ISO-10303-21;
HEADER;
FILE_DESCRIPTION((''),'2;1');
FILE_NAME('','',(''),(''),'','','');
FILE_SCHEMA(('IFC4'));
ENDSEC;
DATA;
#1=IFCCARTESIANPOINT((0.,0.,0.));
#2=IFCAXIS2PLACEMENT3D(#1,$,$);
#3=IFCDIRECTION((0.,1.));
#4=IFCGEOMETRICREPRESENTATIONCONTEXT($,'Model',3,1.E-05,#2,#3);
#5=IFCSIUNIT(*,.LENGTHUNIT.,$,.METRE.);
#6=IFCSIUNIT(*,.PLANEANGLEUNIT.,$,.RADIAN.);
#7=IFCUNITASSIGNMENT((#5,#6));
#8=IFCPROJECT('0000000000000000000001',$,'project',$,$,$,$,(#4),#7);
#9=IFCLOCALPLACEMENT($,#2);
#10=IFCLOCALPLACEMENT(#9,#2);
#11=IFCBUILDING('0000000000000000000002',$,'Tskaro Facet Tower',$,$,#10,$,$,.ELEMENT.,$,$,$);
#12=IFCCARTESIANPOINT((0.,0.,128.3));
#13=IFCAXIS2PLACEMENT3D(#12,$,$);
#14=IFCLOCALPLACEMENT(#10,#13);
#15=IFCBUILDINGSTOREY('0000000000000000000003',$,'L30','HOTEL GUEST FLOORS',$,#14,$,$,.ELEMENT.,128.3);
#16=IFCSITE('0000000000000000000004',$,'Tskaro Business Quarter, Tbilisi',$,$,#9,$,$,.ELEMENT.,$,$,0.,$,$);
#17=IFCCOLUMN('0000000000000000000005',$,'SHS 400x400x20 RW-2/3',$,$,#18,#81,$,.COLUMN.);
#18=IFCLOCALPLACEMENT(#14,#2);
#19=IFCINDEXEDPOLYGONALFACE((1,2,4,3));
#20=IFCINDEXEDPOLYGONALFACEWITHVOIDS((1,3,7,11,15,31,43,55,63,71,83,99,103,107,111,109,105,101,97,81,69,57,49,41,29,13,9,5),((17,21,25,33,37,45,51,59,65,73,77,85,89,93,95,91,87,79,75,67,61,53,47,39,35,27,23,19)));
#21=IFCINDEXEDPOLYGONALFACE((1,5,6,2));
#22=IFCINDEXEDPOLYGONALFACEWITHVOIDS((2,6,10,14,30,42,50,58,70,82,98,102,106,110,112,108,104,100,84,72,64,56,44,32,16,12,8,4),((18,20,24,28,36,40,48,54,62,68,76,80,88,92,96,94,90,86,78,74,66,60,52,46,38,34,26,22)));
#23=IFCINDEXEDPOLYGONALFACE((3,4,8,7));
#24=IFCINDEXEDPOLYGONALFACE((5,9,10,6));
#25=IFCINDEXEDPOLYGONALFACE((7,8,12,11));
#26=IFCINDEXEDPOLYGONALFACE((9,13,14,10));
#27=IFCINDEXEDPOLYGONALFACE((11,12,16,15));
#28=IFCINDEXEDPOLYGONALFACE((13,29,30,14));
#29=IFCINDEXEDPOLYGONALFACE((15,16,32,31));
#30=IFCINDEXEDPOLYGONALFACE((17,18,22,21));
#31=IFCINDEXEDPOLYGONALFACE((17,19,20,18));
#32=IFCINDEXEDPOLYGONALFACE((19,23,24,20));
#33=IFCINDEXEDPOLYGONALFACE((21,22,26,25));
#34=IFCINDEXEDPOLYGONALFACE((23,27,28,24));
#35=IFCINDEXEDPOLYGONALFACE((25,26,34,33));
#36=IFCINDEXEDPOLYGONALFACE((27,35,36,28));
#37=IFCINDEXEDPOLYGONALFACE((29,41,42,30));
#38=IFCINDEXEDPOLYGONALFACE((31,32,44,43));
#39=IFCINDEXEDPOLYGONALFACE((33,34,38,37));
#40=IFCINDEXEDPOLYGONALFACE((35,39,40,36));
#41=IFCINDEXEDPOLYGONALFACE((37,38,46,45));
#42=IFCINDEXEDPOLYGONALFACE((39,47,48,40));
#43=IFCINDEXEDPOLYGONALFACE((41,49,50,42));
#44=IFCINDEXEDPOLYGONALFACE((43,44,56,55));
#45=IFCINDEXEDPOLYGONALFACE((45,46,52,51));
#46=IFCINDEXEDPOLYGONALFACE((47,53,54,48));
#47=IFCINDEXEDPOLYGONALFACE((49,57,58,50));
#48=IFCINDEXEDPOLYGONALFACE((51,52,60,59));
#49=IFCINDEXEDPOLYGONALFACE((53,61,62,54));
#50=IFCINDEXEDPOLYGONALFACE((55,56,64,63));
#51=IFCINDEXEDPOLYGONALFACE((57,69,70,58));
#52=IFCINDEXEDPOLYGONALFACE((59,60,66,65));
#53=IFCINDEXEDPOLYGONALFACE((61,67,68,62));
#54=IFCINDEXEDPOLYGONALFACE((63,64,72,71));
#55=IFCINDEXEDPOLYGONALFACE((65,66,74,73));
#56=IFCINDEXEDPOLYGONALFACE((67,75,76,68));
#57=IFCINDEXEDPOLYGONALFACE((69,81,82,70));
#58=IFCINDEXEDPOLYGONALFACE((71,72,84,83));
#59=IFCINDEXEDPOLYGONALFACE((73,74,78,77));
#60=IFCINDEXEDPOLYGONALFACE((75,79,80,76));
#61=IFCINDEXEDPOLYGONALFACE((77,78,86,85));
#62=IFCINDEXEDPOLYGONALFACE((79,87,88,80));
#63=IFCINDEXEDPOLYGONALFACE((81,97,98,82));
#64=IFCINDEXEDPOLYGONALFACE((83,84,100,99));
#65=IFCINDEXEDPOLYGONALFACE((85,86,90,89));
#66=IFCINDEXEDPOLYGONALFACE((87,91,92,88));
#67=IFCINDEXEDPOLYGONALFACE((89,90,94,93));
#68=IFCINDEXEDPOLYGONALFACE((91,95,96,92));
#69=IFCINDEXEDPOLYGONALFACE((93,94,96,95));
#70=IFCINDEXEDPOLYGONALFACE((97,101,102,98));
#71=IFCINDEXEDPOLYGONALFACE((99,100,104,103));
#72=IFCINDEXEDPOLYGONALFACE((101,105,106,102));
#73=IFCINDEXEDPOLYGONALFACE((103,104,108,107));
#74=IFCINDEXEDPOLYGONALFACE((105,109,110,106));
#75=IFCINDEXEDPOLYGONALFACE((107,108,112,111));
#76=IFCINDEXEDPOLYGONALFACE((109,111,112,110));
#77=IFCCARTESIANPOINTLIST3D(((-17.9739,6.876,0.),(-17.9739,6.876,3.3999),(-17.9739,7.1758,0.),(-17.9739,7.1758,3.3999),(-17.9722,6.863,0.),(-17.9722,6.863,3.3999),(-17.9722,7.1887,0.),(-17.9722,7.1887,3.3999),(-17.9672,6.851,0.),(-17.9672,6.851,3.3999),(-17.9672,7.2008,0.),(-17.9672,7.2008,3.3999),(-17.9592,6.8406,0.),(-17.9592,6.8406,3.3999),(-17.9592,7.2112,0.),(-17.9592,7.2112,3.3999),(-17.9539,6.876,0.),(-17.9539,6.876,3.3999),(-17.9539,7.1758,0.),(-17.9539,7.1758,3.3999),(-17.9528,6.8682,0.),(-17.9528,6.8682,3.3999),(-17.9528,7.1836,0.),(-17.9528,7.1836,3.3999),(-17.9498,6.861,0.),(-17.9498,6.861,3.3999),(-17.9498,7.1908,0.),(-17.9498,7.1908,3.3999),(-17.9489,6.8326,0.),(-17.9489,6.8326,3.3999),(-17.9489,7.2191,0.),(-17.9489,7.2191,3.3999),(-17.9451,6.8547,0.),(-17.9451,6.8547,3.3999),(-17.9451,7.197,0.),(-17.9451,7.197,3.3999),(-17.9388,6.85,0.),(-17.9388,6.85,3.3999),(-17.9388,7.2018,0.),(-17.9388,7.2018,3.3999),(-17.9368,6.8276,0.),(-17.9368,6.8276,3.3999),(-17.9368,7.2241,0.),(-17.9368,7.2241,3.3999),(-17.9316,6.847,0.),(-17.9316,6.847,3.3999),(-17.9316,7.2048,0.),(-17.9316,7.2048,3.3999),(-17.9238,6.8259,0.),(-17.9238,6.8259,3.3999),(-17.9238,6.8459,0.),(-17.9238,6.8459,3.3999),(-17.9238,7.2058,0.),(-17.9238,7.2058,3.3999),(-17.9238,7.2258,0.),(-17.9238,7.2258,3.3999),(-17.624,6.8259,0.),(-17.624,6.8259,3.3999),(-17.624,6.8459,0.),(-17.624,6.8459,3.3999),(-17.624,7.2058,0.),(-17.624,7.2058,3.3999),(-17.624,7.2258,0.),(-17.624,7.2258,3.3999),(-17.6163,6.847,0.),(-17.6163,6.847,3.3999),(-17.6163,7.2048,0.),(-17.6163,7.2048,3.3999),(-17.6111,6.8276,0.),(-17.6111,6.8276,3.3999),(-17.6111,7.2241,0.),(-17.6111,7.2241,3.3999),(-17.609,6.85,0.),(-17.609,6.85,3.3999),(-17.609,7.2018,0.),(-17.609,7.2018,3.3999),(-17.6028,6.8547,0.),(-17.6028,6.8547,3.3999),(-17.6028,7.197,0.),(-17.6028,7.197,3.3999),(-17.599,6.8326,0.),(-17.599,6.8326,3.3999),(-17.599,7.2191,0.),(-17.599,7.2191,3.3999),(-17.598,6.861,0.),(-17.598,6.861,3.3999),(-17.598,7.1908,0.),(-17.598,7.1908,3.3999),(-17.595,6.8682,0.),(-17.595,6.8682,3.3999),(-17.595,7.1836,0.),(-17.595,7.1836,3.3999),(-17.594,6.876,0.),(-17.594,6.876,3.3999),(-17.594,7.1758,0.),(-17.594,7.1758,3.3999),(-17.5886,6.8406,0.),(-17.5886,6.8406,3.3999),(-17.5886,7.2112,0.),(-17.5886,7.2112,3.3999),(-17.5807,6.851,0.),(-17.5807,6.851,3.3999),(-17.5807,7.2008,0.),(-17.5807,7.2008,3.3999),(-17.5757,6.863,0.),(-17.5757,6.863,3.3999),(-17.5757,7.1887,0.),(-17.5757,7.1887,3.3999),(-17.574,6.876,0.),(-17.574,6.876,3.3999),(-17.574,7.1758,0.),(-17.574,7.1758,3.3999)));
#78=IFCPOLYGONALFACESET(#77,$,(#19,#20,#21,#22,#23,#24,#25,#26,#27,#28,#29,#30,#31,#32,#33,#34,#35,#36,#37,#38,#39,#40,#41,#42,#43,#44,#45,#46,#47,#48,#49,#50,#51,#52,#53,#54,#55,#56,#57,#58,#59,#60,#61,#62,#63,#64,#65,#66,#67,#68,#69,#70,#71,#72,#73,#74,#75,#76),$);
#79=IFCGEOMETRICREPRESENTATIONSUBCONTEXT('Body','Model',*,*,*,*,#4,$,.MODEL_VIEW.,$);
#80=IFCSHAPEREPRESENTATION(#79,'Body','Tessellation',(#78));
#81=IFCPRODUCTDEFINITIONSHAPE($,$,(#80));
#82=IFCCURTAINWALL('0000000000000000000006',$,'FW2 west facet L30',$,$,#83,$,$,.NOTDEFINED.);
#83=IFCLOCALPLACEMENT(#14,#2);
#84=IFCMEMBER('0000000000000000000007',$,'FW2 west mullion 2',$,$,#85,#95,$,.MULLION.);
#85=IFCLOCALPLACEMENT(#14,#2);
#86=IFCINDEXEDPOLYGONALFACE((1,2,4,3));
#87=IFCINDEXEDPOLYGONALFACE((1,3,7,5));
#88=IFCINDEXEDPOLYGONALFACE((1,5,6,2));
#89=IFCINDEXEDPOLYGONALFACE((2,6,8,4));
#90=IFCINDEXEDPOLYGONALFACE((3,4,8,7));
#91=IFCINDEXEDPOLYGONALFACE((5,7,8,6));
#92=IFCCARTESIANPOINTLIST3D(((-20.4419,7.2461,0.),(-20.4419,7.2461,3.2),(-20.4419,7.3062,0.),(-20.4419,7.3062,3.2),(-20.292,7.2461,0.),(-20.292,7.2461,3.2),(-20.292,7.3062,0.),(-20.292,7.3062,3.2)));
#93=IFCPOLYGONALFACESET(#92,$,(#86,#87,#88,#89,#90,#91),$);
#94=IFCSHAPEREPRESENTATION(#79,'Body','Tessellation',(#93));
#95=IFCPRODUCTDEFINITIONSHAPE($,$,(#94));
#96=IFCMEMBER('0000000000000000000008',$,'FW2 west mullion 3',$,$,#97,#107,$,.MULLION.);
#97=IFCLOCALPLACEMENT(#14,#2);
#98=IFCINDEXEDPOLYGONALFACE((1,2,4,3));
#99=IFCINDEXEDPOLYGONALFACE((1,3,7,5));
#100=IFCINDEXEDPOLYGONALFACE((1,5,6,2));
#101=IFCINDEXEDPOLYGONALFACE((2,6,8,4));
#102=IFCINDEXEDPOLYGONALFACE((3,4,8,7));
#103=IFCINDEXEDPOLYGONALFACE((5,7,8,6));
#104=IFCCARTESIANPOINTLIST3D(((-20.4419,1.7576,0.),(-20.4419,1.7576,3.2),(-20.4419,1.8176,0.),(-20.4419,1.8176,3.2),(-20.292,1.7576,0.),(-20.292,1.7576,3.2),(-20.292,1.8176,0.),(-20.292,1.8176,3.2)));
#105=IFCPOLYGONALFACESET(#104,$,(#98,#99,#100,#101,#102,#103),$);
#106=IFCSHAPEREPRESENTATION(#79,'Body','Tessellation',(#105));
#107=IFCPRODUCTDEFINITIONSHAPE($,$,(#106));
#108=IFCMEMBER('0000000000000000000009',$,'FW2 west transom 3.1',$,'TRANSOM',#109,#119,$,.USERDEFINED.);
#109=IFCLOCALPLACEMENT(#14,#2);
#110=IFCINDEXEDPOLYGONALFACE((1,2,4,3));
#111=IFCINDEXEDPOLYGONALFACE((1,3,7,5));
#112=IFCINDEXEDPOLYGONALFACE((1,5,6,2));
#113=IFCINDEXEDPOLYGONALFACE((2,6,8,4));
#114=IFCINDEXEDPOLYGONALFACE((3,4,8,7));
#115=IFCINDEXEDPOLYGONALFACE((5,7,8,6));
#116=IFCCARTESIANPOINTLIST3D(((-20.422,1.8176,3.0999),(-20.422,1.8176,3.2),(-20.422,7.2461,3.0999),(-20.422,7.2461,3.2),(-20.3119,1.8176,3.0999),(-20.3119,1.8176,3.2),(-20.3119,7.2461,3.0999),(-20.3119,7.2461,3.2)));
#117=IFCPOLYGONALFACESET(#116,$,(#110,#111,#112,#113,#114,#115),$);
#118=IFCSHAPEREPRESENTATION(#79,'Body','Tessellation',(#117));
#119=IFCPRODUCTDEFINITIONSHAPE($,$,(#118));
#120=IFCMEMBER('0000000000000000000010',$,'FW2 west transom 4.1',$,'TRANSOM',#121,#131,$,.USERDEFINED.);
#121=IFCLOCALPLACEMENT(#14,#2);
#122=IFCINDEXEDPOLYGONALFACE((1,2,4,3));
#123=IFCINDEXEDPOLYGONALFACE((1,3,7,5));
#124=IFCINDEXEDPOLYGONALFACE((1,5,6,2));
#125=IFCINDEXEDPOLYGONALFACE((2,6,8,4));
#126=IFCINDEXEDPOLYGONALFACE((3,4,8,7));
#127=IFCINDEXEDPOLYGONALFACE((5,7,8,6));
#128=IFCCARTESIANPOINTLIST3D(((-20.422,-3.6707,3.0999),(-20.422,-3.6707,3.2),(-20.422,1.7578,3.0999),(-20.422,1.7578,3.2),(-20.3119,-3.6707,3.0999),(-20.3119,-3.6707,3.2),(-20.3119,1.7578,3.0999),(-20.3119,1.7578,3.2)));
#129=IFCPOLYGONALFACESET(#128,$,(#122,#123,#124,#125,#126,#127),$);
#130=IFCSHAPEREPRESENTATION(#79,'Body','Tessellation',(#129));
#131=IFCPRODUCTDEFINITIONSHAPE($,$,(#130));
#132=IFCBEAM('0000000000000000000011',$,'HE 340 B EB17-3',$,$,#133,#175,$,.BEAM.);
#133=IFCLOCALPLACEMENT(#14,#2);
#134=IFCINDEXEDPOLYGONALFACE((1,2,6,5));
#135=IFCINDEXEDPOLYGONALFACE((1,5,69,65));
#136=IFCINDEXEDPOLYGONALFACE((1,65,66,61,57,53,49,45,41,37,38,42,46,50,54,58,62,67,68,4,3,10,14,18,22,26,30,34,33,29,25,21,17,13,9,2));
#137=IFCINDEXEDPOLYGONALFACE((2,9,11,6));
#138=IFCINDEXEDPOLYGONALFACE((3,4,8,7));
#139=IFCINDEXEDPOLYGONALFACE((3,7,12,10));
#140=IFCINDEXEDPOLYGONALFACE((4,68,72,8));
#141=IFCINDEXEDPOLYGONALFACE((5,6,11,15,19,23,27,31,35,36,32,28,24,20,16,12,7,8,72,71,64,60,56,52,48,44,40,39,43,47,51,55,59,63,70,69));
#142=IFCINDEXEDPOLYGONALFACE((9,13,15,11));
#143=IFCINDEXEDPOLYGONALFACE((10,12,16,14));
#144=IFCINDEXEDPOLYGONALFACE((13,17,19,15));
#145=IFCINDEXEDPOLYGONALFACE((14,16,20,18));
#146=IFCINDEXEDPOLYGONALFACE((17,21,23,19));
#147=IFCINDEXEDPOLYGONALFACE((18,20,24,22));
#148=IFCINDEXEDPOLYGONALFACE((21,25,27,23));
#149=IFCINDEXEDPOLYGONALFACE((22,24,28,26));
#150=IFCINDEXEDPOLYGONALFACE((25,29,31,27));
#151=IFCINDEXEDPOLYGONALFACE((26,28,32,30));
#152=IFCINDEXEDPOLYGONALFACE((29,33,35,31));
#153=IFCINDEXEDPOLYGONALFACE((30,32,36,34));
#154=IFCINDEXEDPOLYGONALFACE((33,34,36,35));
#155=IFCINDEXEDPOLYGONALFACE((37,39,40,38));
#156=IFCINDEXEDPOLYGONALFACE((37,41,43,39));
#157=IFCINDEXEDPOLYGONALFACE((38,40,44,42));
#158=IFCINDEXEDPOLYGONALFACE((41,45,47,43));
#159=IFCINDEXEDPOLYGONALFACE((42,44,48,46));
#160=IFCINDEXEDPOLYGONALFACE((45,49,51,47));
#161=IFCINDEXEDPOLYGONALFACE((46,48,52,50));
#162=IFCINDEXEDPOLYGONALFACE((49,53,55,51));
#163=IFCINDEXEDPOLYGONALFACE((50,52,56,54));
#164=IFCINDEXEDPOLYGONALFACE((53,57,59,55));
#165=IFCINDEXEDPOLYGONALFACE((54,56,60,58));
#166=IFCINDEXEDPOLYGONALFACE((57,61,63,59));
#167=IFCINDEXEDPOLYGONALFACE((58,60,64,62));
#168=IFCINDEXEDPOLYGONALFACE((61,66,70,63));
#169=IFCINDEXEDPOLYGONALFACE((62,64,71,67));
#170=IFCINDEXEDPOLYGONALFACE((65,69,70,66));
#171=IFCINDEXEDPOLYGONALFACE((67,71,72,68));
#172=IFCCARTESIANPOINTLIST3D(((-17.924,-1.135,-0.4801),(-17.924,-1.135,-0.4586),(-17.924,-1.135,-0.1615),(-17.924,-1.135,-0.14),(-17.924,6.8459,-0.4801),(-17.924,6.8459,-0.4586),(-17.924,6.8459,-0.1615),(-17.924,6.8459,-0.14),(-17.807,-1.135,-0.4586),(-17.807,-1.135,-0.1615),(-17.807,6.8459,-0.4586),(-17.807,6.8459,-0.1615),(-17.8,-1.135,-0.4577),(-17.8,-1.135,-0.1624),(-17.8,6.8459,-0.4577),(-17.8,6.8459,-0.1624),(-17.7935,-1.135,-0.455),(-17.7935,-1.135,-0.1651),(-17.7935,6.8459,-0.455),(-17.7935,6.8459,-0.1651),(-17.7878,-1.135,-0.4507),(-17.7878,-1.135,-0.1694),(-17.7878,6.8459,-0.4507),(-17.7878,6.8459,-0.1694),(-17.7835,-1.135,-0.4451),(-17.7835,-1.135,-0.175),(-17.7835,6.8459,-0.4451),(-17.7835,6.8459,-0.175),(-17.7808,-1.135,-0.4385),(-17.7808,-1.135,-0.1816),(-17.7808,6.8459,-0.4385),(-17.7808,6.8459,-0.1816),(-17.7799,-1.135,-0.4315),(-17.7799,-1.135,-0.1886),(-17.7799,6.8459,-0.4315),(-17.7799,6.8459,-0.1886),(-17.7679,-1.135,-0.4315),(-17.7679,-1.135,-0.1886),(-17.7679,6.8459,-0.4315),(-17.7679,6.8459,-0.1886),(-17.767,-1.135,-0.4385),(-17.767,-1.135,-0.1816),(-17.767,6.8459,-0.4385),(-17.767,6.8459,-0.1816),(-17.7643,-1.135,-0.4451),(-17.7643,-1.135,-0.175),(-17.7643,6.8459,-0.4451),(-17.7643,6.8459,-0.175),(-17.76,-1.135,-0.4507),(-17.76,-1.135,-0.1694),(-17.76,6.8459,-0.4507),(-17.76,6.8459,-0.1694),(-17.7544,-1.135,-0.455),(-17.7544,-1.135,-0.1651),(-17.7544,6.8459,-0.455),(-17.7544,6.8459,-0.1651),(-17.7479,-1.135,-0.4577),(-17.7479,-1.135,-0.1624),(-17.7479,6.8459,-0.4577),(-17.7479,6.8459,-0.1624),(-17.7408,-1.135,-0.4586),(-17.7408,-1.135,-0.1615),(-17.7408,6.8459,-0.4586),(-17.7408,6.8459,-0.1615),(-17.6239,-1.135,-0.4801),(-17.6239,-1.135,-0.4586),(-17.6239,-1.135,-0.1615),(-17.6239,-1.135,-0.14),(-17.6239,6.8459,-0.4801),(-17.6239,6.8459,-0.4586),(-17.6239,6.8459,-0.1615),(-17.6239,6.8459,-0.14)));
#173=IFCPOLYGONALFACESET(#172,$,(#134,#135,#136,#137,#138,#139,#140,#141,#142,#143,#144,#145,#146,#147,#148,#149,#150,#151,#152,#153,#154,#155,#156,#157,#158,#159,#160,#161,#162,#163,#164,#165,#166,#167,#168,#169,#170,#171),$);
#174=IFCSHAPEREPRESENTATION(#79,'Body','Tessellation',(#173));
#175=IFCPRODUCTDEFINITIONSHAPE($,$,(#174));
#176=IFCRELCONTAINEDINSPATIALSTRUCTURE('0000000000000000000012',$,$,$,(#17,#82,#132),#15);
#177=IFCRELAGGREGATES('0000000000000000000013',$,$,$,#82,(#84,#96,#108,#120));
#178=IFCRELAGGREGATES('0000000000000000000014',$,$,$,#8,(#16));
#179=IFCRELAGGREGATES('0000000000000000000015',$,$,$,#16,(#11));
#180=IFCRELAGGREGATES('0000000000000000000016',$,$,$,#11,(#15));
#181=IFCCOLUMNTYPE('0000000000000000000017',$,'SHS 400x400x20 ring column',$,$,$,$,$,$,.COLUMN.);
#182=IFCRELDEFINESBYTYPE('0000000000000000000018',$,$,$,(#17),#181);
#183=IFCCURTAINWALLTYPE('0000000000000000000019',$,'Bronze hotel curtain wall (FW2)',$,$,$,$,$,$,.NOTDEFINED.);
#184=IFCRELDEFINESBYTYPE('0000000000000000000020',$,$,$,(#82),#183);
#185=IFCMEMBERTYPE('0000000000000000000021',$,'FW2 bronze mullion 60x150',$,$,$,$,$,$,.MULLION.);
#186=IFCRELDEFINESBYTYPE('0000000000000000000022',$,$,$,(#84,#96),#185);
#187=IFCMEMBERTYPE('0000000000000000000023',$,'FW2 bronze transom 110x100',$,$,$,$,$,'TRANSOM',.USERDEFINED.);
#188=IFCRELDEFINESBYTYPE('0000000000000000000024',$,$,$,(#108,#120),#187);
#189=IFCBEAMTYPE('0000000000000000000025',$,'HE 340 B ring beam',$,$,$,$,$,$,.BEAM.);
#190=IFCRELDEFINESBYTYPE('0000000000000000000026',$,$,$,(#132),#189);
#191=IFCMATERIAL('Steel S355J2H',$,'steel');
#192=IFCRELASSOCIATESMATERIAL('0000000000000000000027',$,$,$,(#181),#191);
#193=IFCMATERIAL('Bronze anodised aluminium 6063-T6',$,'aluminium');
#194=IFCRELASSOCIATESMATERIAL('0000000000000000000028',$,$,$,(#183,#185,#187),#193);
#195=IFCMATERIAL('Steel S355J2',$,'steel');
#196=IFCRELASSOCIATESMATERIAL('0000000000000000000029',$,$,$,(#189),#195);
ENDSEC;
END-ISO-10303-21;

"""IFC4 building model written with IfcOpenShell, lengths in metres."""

from ifc_helpers import new_model, si_unit, direction, frame, origin, origin_2d, place, context, subcontext, project, spatial, rectangle, hollow_rectangle, i_section, extrude, material, material_profile, profile_set, type_object, element, aggregate, save


model = new_model("IFC4")

# Units and contexts
model_context = context("Model", 3, precision=1e-05, world=origin(), true_north=direction((0.0, 1.0)))
body_context = subcontext(model_context, "Body", "Model", "MODEL_VIEW")
ifc_project = project(units=[si_unit("LENGTHUNIT", "METRE"), si_unit("PLANEANGLEUNIT", "RADIAN")], contexts=[model_context])

# Site, building, storey
site_placement = place(None, origin())
site = spatial("IfcSite", under=ifc_project, at=site_placement, Name="Tskaro Business Quarter, Tbilisi", CompositionType="ELEMENT", RefElevation=0.0)
building_placement = place(site_placement, origin())
building = spatial("IfcBuilding", under=site, at=building_placement, Name="Tskaro Facet Tower", CompositionType="ELEMENT")
storey_placement = place(building_placement, frame((0.0, 0.0, 128.3)))
storey = spatial("IfcBuildingStorey", under=building, at=storey_placement, Name="L30", Description="HOTEL GUEST FLOORS", CompositionType="ELEMENT", Elevation=128.3)

# Column
ifc_material_1 = material(Name="Steel S355J2H", Category="steel")
ifc_material_profile_1 = material_profile(ifc_material_1, hollow_rectangle(XDim=0.3999, YDim=0.3999, WallThickness=0.02, InnerFilletRadius=0.03, OuterFilletRadius=0.05, at=origin_2d()), Name="SHS 400x400x20")
ifc_profile_set_1 = profile_set([ifc_material_profile_1], Name="Steel S355J2H")
column_type = type_object("IfcColumnType", Name="SHS 400x400x20 ring column", PredefinedType="COLUMN", material=ifc_profile_set_1)
column_placement = place(storey_placement, frame((-17.7739, 7.0259, 0.0), z_axis=(0.0, 0.0, 1.0), x_axis=(1.0, 0.0, 0.0)))
element("IfcColumn", 1, at=column_placement, inside=storey, type_object=column_type, Name="SHS 400x400x20 RW-2/3", PredefinedType="COLUMN", context=body_context, shape_type="SweptSolid", body=[
    extrude(hollow_rectangle(XDim=0.3999, YDim=0.3999, WallThickness=0.02, InnerFilletRadius=0.03, OuterFilletRadius=0.05, at=origin_2d()), origin(), (0.0, 0.0, 1.0), 3.3999),
])

# Curtain wall, members
ifc_material_2 = material(Name="Bronze anodised aluminium 6063-T6", Category="aluminium")
curtain_wall_type = type_object("IfcCurtainWallType", Name="Bronze hotel curtain wall (FW2)", PredefinedType="NOTDEFINED", material=ifc_material_2)
curtain_wall_placement = place(storey_placement, origin())
curtain_wall = element("IfcCurtainWall", 2, at=curtain_wall_placement, inside=storey, type_object=curtain_wall_type, Name="FW2 west facet L30", PredefinedType="NOTDEFINED")
ifc_material_profile_2 = material_profile(ifc_material_2, rectangle(XDim=0.0601, YDim=0.1499, at=origin_2d()), Name="Mullion 60x150")
ifc_profile_set_2 = profile_set([ifc_material_profile_2], Name="Bronze anodised aluminium 6063-T6")
member_type_1 = type_object("IfcMemberType", Name="FW2 bronze mullion 60x150", PredefinedType="MULLION", material=ifc_profile_set_2)
member_1_placement = place(storey_placement, frame((-20.3669, 7.2761, 0.0), z_axis=(0.0, 0.0, 1.0), x_axis=(0.0, -1.0, 0.0)))
member_1 = element("IfcMember", 3, at=member_1_placement, type_object=member_type_1, Name="FW2 west mullion 2", PredefinedType="MULLION", context=body_context, shape_type="SweptSolid", body=[
    extrude(rectangle(XDim=0.0601, YDim=0.1499, at=origin_2d()), origin(), (0.0, 0.0, 1.0), 3.2),
])
member_2_placement = place(storey_placement, frame((-20.3669, 1.7876, 0.0), z_axis=(0.0, 0.0, 1.0), x_axis=(0.0, -1.0, 0.0)))
member_2 = element("IfcMember", 4, at=member_2_placement, type_object=member_type_1, Name="FW2 west mullion 3", PredefinedType="MULLION", context=body_context, shape_type="SweptSolid", body=[
    extrude(rectangle(XDim=0.0601, YDim=0.1499, at=origin_2d()), origin(), (0.0, 0.0, 1.0), 3.2),
])
ifc_material_profile_3 = material_profile(ifc_material_2, rectangle(XDim=0.1101, YDim=0.1001, at=origin_2d()), Name="Transom 110x100")
ifc_profile_set_3 = profile_set([ifc_material_profile_3], Name="Bronze anodised aluminium 6063-T6")
member_type_2 = type_object("IfcMemberType", Name="FW2 bronze transom 110x100", ElementType="TRANSOM", PredefinedType="USERDEFINED", material=ifc_profile_set_3)
member_3_placement = place(storey_placement, frame((-20.3669, 7.2461, 3.1499), z_axis=(0.0, -1.0, 0.0), x_axis=(1.0, 0.0, 0.0)))
member_3 = element("IfcMember", 5, at=member_3_placement, type_object=member_type_2, Name="FW2 west transom 3.1", ObjectType="TRANSOM", PredefinedType="USERDEFINED", context=body_context, shape_type="SweptSolid", body=[
    extrude(rectangle(XDim=0.1101, YDim=0.1001, at=origin_2d()), origin(), (0.0, 0.0, 1.0), 5.4285),
])
member_4_placement = place(storey_placement, frame((-20.3669, 1.7578, 3.1499), z_axis=(0.0, -1.0, 0.0), x_axis=(1.0, 0.0, 0.0)))
member_4 = element("IfcMember", 6, at=member_4_placement, type_object=member_type_2, Name="FW2 west transom 4.1", ObjectType="TRANSOM", PredefinedType="USERDEFINED", context=body_context, shape_type="SweptSolid", body=[
    extrude(rectangle(XDim=0.1101, YDim=0.1001, at=origin_2d()), origin(), (0.0, 0.0, 1.0), 5.4285),
])

# Beam
ifc_material_3 = material(Name="Steel S355J2", Category="steel")
ifc_material_profile_4 = material_profile(ifc_material_3, i_section(OverallWidth=0.3, OverallDepth=0.3401, WebThickness=0.012, FlangeThickness=0.0215, FilletRadius=0.0271, at=origin_2d()), Name="HE 340 B")
ifc_profile_set_4 = profile_set([ifc_material_profile_4], Name="Steel S355J2")
beam_type_1 = type_object("IfcBeamType", Name="HE 340 B ring beam", PredefinedType="BEAM", material=ifc_profile_set_4)
beam_1_placement = place(storey_placement, frame((-17.7739, 6.8459, -0.3101), z_axis=(0.0, -1.0, 0.0), x_axis=(1.0, 0.0, 0.0)))
element("IfcBeam", 7, at=beam_1_placement, inside=storey, type_object=beam_type_1, Name="HE 340 B EB17-3", PredefinedType="BEAM", context=body_context, shape_type="SweptSolid", body=[
    extrude(i_section(OverallWidth=0.3, OverallDepth=0.3401, WebThickness=0.012, FlangeThickness=0.0215, FilletRadius=0.0271, at=origin_2d()), origin(), (0.0, 0.0, 1.0), 7.981),
])

aggregate(curtain_wall, [member_1, member_2, member_3, member_4])

save(model, "model.ifc")
